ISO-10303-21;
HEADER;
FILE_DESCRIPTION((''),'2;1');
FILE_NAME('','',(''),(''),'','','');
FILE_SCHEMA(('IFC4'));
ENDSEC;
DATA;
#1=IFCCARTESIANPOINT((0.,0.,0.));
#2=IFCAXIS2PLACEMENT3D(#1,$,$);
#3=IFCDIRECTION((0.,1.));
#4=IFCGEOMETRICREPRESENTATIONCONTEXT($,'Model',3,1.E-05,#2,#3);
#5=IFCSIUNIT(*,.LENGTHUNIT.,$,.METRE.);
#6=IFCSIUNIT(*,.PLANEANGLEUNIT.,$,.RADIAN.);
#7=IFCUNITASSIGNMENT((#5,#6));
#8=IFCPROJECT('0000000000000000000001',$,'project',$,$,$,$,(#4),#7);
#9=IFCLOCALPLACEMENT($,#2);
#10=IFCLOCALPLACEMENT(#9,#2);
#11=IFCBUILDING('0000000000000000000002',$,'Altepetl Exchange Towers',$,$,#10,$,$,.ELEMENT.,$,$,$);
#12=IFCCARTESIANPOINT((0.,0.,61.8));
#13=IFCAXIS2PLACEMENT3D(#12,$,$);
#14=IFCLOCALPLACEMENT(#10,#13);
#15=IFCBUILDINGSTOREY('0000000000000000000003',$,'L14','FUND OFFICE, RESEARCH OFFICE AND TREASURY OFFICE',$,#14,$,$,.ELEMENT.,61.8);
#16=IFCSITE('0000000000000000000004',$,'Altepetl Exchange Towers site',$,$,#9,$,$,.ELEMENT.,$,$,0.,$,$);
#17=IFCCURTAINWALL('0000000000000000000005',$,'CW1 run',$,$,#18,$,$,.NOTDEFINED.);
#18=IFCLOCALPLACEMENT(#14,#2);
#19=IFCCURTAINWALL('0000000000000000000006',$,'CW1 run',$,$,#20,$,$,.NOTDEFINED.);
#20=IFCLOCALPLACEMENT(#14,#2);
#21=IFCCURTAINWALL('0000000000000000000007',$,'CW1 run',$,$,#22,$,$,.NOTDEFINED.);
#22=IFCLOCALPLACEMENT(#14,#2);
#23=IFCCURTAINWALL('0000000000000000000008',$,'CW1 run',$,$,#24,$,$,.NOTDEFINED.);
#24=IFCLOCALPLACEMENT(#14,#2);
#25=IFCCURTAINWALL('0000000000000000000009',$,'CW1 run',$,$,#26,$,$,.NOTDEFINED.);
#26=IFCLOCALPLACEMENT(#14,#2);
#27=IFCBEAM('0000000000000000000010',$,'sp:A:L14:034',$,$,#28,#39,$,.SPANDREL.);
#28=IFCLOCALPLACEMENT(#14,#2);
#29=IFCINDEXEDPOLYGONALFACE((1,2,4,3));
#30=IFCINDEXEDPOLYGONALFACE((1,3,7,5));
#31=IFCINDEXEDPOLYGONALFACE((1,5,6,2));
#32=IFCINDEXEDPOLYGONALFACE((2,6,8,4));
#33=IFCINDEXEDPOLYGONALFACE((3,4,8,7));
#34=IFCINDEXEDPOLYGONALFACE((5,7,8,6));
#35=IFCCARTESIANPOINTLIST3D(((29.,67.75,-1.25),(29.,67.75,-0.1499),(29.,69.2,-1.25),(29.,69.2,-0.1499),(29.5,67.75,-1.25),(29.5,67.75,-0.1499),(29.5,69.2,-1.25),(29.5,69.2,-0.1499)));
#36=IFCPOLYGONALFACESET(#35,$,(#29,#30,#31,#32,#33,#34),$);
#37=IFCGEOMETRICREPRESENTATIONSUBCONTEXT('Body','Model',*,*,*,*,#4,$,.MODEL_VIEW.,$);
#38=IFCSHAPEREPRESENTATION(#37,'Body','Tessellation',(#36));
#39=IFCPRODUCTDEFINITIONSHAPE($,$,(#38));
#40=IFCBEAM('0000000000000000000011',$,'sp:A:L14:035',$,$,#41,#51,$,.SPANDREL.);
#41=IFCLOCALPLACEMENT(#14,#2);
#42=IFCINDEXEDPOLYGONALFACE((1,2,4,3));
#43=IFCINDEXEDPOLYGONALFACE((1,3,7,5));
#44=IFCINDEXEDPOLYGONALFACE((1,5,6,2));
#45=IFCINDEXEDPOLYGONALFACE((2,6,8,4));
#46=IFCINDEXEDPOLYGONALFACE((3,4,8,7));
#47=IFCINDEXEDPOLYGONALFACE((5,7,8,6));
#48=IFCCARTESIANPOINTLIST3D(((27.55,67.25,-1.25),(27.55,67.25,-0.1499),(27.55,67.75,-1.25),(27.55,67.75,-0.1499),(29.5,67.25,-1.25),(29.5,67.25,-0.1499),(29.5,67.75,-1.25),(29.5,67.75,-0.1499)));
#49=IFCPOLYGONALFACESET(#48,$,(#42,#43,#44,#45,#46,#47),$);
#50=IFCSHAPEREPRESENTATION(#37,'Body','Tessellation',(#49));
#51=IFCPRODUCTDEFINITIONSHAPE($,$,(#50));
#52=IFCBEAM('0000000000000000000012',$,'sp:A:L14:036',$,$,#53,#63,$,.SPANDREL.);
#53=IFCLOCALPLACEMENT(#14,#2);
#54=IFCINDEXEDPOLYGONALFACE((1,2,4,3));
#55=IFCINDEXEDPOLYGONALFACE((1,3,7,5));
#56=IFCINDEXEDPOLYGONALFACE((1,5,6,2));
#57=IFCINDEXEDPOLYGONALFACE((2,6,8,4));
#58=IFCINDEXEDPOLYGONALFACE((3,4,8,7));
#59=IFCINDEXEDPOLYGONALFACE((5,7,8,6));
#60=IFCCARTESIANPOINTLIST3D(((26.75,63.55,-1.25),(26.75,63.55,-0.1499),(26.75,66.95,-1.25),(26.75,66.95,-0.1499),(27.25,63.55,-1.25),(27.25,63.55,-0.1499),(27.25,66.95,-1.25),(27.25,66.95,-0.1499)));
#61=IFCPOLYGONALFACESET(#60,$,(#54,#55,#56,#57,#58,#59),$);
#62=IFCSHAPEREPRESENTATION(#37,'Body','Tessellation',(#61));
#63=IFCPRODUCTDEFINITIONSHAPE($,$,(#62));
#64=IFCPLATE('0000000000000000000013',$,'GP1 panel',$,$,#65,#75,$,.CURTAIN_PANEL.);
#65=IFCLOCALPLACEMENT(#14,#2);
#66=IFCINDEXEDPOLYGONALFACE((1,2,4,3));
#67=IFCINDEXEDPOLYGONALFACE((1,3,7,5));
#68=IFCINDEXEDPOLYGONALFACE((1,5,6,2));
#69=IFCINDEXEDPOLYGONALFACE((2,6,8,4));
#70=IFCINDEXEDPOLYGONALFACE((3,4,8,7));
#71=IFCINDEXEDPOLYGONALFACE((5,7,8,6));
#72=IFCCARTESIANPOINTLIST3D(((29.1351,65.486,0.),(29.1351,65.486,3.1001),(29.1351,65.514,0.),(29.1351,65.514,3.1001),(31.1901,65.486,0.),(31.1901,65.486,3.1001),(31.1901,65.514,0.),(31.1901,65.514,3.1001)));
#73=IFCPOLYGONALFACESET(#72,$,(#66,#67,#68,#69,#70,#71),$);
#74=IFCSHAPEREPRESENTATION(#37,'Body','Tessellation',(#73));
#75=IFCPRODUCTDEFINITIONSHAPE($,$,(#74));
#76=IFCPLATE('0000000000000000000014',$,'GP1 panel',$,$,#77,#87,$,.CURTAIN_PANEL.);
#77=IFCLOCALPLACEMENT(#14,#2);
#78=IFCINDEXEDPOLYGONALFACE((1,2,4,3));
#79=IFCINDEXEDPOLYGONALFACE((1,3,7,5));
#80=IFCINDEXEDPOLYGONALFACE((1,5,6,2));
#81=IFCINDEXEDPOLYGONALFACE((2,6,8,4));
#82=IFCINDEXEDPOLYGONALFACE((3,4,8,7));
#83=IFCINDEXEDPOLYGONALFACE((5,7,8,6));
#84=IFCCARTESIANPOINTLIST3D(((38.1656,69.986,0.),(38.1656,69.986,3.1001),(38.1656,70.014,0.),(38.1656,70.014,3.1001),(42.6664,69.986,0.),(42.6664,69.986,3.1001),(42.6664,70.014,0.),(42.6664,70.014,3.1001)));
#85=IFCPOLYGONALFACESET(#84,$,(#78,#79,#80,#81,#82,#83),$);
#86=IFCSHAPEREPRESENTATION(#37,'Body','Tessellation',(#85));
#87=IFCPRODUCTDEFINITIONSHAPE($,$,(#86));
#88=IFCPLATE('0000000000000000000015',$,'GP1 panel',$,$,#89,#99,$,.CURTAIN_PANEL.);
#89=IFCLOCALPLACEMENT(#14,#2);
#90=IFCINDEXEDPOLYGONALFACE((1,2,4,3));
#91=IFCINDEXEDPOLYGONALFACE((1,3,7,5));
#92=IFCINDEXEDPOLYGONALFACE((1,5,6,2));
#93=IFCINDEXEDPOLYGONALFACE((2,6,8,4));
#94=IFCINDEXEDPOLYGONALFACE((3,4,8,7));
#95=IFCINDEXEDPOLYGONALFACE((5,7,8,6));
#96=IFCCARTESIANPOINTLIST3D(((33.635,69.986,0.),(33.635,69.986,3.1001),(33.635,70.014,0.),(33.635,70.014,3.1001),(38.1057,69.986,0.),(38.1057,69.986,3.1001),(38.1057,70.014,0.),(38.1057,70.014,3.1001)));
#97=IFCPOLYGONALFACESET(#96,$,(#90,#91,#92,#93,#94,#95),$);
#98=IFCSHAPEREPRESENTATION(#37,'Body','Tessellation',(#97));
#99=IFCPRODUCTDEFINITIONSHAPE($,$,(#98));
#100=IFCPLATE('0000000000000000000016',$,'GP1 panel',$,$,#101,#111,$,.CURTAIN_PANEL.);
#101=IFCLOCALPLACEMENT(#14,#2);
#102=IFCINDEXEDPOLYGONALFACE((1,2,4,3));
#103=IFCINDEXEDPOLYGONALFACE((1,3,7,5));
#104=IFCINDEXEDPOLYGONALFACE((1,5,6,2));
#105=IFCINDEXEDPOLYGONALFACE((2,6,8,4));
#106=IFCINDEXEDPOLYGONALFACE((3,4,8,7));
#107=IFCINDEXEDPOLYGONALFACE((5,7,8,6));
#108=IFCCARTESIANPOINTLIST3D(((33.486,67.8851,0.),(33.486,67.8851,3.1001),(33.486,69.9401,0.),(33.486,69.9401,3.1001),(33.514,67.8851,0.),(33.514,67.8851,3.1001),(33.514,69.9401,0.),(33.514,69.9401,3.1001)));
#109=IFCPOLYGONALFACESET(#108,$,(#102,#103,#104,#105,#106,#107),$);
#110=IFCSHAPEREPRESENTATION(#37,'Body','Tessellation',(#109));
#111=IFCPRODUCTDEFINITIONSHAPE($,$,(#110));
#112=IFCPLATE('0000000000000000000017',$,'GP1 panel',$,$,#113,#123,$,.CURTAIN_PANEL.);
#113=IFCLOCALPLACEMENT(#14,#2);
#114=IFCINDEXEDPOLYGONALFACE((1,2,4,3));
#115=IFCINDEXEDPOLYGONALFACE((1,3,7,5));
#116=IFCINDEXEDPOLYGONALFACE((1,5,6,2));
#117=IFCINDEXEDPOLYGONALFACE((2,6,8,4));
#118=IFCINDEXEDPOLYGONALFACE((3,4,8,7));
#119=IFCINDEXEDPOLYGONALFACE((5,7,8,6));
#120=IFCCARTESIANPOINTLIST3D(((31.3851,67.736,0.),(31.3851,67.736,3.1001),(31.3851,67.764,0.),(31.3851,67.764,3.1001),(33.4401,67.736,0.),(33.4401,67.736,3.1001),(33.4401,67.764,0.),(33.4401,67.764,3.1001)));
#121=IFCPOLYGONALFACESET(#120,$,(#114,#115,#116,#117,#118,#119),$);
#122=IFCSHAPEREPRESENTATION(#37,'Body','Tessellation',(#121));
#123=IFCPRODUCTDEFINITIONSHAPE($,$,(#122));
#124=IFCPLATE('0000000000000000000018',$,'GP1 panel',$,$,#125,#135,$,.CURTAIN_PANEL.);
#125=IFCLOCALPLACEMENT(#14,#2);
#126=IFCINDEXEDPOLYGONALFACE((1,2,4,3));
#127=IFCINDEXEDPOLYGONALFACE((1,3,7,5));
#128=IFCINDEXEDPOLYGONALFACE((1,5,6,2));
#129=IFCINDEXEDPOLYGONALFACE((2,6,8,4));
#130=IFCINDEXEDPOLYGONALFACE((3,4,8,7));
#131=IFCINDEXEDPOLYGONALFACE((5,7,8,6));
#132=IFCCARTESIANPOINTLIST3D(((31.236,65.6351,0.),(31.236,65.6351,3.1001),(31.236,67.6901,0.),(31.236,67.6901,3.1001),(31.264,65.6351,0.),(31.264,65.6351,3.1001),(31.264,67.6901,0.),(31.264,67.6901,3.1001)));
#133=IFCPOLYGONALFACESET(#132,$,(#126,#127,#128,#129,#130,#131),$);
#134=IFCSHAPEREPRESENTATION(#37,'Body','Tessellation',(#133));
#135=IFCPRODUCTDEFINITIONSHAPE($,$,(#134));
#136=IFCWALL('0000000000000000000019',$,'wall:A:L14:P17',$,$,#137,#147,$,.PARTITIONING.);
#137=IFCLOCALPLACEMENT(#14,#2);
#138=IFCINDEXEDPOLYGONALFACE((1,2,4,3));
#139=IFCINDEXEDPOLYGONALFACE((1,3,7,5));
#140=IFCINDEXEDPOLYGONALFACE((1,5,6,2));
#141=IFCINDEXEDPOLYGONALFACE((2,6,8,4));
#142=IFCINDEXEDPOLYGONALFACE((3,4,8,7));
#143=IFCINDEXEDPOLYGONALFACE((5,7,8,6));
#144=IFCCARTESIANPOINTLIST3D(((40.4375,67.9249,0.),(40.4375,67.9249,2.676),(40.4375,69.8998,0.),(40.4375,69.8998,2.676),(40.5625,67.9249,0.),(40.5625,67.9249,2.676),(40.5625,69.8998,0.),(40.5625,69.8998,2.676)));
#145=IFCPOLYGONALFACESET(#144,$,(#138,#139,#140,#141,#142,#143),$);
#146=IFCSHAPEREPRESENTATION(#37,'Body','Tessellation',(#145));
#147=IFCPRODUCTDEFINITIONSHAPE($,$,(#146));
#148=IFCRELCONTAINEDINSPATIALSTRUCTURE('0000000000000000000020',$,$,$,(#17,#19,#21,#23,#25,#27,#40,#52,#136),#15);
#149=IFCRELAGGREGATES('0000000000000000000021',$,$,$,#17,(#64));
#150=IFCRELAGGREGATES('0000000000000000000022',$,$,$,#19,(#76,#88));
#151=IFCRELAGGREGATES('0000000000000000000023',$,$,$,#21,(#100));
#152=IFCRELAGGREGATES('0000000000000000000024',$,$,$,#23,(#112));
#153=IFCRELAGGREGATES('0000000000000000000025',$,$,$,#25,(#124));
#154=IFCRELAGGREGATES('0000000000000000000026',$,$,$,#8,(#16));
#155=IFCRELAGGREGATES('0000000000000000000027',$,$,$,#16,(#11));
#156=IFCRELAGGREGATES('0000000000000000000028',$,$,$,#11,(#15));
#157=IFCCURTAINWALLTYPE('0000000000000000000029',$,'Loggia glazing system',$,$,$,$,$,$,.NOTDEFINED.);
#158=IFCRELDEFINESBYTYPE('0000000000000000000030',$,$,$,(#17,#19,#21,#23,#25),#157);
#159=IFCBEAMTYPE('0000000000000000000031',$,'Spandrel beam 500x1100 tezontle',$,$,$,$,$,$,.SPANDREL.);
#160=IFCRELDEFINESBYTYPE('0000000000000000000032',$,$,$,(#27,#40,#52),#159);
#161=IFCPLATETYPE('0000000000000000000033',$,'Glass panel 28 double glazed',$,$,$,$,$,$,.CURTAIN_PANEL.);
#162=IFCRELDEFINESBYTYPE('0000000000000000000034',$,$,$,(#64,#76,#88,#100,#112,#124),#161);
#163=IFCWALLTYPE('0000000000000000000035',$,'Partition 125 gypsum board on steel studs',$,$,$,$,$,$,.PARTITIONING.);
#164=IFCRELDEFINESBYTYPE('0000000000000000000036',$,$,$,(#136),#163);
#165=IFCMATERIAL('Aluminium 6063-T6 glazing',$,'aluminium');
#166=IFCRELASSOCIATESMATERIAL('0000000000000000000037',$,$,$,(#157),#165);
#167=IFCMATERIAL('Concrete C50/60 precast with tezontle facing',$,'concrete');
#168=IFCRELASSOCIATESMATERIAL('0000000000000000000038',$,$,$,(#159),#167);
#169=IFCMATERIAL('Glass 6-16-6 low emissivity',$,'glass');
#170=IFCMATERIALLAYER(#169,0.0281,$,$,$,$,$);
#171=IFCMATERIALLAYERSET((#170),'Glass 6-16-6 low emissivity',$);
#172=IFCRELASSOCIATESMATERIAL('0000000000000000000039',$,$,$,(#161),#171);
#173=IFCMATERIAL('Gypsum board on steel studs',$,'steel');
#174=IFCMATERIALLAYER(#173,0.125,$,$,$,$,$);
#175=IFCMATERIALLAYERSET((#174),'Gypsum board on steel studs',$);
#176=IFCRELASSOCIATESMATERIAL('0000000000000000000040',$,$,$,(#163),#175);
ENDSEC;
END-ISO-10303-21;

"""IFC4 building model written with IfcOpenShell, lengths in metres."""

from ifc_helpers import new_model, si_unit, direction, frame, frame_2d, origin, origin_2d, place, context, subcontext, project, spatial, rectangle, extrude, material, layer, layer_set, material_profile, profile_set, type_object, element, aggregate, save


model = new_model("IFC4")

# Units and contexts
model_context = context("Model", 3, precision=1e-05, world=origin(), true_north=direction((0.0, 1.0)))
body_context = subcontext(model_context, "Body", "Model", "MODEL_VIEW")
ifc_project = project(units=[si_unit("LENGTHUNIT", "METRE"), si_unit("PLANEANGLEUNIT", "RADIAN")], contexts=[model_context])

# Site, building, storey
site_placement = place(None, origin())
site = spatial("IfcSite", under=ifc_project, at=site_placement, Name="Altepetl Exchange Towers site", CompositionType="ELEMENT", RefElevation=0.0)
building_placement = place(site_placement, origin())
building = spatial("IfcBuilding", under=site, at=building_placement, Name="Altepetl Exchange Towers", CompositionType="ELEMENT")
storey_placement = place(building_placement, frame((0.0, 0.0, 61.8)))
storey = spatial("IfcBuildingStorey", under=building, at=storey_placement, Name="L14", Description="FUND OFFICE, RESEARCH OFFICE AND TREASURY OFFICE", CompositionType="ELEMENT", Elevation=61.8)

# Curtain walls
ifc_material_1 = material(Name="Aluminium 6063-T6 glazing", Category="aluminium")
curtain_wall_type = type_object("IfcCurtainWallType", Name="Loggia glazing system", PredefinedType="NOTDEFINED", material=ifc_material_1)
curtain_wall_1_placement = place(storey_placement, origin())
curtain_wall_1 = element("IfcCurtainWall", 1, at=curtain_wall_1_placement, inside=storey, type_object=curtain_wall_type, Name="CW1 run", PredefinedType="NOTDEFINED")
curtain_wall_2_placement = place(storey_placement, origin())
curtain_wall_2 = element("IfcCurtainWall", 2, at=curtain_wall_2_placement, inside=storey, type_object=curtain_wall_type, Name="CW1 run", PredefinedType="NOTDEFINED")
curtain_wall_3_placement = place(storey_placement, origin())
curtain_wall_3 = element("IfcCurtainWall", 3, at=curtain_wall_3_placement, inside=storey, type_object=curtain_wall_type, Name="CW1 run", PredefinedType="NOTDEFINED")
curtain_wall_4_placement = place(storey_placement, origin())
curtain_wall_4 = element("IfcCurtainWall", 4, at=curtain_wall_4_placement, inside=storey, type_object=curtain_wall_type, Name="CW1 run", PredefinedType="NOTDEFINED")
curtain_wall_5_placement = place(storey_placement, origin())
curtain_wall_5 = element("IfcCurtainWall", 5, at=curtain_wall_5_placement, inside=storey, type_object=curtain_wall_type, Name="CW1 run", PredefinedType="NOTDEFINED")

# Beams
ifc_material_2 = material(Name="Concrete C50/60 precast with tezontle facing", Category="concrete")
ifc_material_profile_1 = material_profile(ifc_material_2, rectangle(XDim=0.5, YDim=1.1001, at=origin_2d()), Name="500 x 1100")
ifc_profile_set_1 = profile_set([ifc_material_profile_1], Name="Concrete C50/60 precast with tezontle facing")
beam_type_1 = type_object("IfcBeamType", Name="Spandrel beam 500x1100 tezontle", PredefinedType="SPANDREL", material=ifc_profile_set_1)
beam_1_placement = place(storey_placement, frame((29.25, 69.2, -0.7), z_axis=(0.0, -1.0, 0.0), x_axis=(1.0, 0.0, 0.0)))
element("IfcBeam", 6, at=beam_1_placement, inside=storey, type_object=beam_type_1, Name="sp:A:L14:034", PredefinedType="SPANDREL", context=body_context, shape_type="SweptSolid", body=[
    extrude(rectangle(XDim=0.5, YDim=1.1001, at=origin_2d()), origin(), (0.0, 0.0, 1.0), 1.45),
])
beam_2_placement = place(storey_placement, frame((29.5, 67.5, -0.7), z_axis=(-1.0, 0.0, 0.0), x_axis=(0.0, -1.0, 0.0)))
element("IfcBeam", 7, at=beam_2_placement, inside=storey, type_object=beam_type_1, Name="sp:A:L14:035", PredefinedType="SPANDREL", context=body_context, shape_type="SweptSolid", body=[
    extrude(rectangle(XDim=0.5, YDim=1.1001, at=origin_2d()), origin(), (0.0, 0.0, 1.0), 1.95),
])
beam_3_placement = place(storey_placement, frame((27.0, 66.95, -0.7), z_axis=(0.0, -1.0, 0.0), x_axis=(1.0, 0.0, 0.0)))
element("IfcBeam", 8, at=beam_3_placement, inside=storey, type_object=beam_type_1, Name="sp:A:L14:036", PredefinedType="SPANDREL", context=body_context, shape_type="SweptSolid", body=[
    extrude(rectangle(XDim=0.5, YDim=1.1001, at=origin_2d()), origin(), (0.0, 0.0, 1.0), 3.3999),
])

# Plates
ifc_material_3 = material(Name="Glass 6-16-6 low emissivity", Category="glass")
ifc_layer_1 = layer(ifc_material_3, 0.0281)
ifc_layer_set_1 = layer_set([ifc_layer_1], Name="Glass 6-16-6 low emissivity")
plate_type = type_object("IfcPlateType", Name="Glass panel 28 double glazed", PredefinedType="CURTAIN_PANEL", material=ifc_layer_set_1)
plate_1_placement = place(storey_placement, frame((30.1626, 65.5, 0.0), z_axis=(0.0, 0.0, 1.0), x_axis=(-1.0, 0.0, 0.0)))
plate_1 = element("IfcPlate", 9, at=plate_1_placement, type_object=plate_type, Name="GP1 panel", PredefinedType="CURTAIN_PANEL", context=body_context, shape_type="SweptSolid", body=[
    extrude(rectangle(XDim=2.0549, YDim=0.0281, at=origin_2d()), origin(), (0.0, 0.0, 1.0), 3.1001),
])
aggregate(curtain_wall_1, [plate_1])
plate_2_placement = place(storey_placement, frame((40.416, 70.0, 0.0), z_axis=(0.0, 0.0, 1.0), x_axis=(-1.0, 0.0, 0.0)))
plate_2 = element("IfcPlate", 10, at=plate_2_placement, type_object=plate_type, Name="GP1 panel", PredefinedType="CURTAIN_PANEL", context=body_context, shape_type="SweptSolid", body=[
    extrude(rectangle(XDim=4.5007, YDim=0.0281, at=origin_2d()), origin(), (0.0, 0.0, 1.0), 3.1001),
])
plate_3_placement = place(storey_placement, frame((35.8704, 70.0, 0.0), z_axis=(0.0, 0.0, 1.0), x_axis=(-1.0, 0.0, 0.0)))
plate_3 = element("IfcPlate", 11, at=plate_3_placement, type_object=plate_type, Name="GP1 panel", PredefinedType="CURTAIN_PANEL", context=body_context, shape_type="SweptSolid", body=[
    extrude(rectangle(XDim=4.4707, YDim=0.0281, at=origin_2d()), origin(), (0.0, 0.0, 1.0), 3.1001),
])
aggregate(curtain_wall_2, [plate_2, plate_3])
plate_4_placement = place(storey_placement, frame((33.5, 68.9126, 0.0), z_axis=(0.0, 0.0, 1.0), x_axis=(0.0, -1.0, 0.0)))
plate_4 = element("IfcPlate", 12, at=plate_4_placement, type_object=plate_type, Name="GP1 panel", PredefinedType="CURTAIN_PANEL", context=body_context, shape_type="SweptSolid", body=[
    extrude(rectangle(XDim=2.0549, YDim=0.0281, at=origin_2d()), origin(), (0.0, 0.0, 1.0), 3.1001),
])
aggregate(curtain_wall_3, [plate_4])
plate_5_placement = place(storey_placement, frame((32.4126, 67.75, 0.0), z_axis=(0.0, 0.0, 1.0), x_axis=(-1.0, 0.0, 0.0)))
plate_5 = element("IfcPlate", 13, at=plate_5_placement, type_object=plate_type, Name="GP1 panel", PredefinedType="CURTAIN_PANEL", context=body_context, shape_type="SweptSolid", body=[
    extrude(rectangle(XDim=2.0549, YDim=0.0281, at=origin_2d()), origin(), (0.0, 0.0, 1.0), 3.1001),
])
aggregate(curtain_wall_4, [plate_5])
plate_6_placement = place(storey_placement, frame((31.25, 66.6626, 0.0), z_axis=(0.0, 0.0, 1.0), x_axis=(0.0, -1.0, 0.0)))
plate_6 = element("IfcPlate", 14, at=plate_6_placement, type_object=plate_type, Name="GP1 panel", PredefinedType="CURTAIN_PANEL", context=body_context, shape_type="SweptSolid", body=[
    extrude(rectangle(XDim=2.0549, YDim=0.0281, at=origin_2d()), origin(), (0.0, 0.0, 1.0), 3.1001),
])
aggregate(curtain_wall_5, [plate_6])

# Wall
ifc_material_4 = material(Name="Gypsum board on steel studs", Category="steel")
ifc_layer_2 = layer(ifc_material_4, 0.125)
ifc_layer_set_2 = layer_set([ifc_layer_2], Name="Gypsum board on steel studs")
wall_type = type_object("IfcWallType", Name="Partition 125 gypsum board on steel studs", PredefinedType="PARTITIONING", material=ifc_layer_set_2)
wall_placement = place(storey_placement, frame((40.5, 67.925, 0.0), z_axis=(0.0, 0.0, 1.0), x_axis=(0.0, 1.0, 0.0)))
element("IfcWall", 15, at=wall_placement, inside=storey, type_object=wall_type, Name="wall:A:L14:P17", PredefinedType="PARTITIONING", context=body_context, shape_type="SweptSolid", body=[
    extrude(rectangle(XDim=1.9749, YDim=0.125, at=frame_2d((0.9873, 0.0))), origin(), (0.0, 0.0, 1.0), 2.676),
])

save(model, "model.ifc")
